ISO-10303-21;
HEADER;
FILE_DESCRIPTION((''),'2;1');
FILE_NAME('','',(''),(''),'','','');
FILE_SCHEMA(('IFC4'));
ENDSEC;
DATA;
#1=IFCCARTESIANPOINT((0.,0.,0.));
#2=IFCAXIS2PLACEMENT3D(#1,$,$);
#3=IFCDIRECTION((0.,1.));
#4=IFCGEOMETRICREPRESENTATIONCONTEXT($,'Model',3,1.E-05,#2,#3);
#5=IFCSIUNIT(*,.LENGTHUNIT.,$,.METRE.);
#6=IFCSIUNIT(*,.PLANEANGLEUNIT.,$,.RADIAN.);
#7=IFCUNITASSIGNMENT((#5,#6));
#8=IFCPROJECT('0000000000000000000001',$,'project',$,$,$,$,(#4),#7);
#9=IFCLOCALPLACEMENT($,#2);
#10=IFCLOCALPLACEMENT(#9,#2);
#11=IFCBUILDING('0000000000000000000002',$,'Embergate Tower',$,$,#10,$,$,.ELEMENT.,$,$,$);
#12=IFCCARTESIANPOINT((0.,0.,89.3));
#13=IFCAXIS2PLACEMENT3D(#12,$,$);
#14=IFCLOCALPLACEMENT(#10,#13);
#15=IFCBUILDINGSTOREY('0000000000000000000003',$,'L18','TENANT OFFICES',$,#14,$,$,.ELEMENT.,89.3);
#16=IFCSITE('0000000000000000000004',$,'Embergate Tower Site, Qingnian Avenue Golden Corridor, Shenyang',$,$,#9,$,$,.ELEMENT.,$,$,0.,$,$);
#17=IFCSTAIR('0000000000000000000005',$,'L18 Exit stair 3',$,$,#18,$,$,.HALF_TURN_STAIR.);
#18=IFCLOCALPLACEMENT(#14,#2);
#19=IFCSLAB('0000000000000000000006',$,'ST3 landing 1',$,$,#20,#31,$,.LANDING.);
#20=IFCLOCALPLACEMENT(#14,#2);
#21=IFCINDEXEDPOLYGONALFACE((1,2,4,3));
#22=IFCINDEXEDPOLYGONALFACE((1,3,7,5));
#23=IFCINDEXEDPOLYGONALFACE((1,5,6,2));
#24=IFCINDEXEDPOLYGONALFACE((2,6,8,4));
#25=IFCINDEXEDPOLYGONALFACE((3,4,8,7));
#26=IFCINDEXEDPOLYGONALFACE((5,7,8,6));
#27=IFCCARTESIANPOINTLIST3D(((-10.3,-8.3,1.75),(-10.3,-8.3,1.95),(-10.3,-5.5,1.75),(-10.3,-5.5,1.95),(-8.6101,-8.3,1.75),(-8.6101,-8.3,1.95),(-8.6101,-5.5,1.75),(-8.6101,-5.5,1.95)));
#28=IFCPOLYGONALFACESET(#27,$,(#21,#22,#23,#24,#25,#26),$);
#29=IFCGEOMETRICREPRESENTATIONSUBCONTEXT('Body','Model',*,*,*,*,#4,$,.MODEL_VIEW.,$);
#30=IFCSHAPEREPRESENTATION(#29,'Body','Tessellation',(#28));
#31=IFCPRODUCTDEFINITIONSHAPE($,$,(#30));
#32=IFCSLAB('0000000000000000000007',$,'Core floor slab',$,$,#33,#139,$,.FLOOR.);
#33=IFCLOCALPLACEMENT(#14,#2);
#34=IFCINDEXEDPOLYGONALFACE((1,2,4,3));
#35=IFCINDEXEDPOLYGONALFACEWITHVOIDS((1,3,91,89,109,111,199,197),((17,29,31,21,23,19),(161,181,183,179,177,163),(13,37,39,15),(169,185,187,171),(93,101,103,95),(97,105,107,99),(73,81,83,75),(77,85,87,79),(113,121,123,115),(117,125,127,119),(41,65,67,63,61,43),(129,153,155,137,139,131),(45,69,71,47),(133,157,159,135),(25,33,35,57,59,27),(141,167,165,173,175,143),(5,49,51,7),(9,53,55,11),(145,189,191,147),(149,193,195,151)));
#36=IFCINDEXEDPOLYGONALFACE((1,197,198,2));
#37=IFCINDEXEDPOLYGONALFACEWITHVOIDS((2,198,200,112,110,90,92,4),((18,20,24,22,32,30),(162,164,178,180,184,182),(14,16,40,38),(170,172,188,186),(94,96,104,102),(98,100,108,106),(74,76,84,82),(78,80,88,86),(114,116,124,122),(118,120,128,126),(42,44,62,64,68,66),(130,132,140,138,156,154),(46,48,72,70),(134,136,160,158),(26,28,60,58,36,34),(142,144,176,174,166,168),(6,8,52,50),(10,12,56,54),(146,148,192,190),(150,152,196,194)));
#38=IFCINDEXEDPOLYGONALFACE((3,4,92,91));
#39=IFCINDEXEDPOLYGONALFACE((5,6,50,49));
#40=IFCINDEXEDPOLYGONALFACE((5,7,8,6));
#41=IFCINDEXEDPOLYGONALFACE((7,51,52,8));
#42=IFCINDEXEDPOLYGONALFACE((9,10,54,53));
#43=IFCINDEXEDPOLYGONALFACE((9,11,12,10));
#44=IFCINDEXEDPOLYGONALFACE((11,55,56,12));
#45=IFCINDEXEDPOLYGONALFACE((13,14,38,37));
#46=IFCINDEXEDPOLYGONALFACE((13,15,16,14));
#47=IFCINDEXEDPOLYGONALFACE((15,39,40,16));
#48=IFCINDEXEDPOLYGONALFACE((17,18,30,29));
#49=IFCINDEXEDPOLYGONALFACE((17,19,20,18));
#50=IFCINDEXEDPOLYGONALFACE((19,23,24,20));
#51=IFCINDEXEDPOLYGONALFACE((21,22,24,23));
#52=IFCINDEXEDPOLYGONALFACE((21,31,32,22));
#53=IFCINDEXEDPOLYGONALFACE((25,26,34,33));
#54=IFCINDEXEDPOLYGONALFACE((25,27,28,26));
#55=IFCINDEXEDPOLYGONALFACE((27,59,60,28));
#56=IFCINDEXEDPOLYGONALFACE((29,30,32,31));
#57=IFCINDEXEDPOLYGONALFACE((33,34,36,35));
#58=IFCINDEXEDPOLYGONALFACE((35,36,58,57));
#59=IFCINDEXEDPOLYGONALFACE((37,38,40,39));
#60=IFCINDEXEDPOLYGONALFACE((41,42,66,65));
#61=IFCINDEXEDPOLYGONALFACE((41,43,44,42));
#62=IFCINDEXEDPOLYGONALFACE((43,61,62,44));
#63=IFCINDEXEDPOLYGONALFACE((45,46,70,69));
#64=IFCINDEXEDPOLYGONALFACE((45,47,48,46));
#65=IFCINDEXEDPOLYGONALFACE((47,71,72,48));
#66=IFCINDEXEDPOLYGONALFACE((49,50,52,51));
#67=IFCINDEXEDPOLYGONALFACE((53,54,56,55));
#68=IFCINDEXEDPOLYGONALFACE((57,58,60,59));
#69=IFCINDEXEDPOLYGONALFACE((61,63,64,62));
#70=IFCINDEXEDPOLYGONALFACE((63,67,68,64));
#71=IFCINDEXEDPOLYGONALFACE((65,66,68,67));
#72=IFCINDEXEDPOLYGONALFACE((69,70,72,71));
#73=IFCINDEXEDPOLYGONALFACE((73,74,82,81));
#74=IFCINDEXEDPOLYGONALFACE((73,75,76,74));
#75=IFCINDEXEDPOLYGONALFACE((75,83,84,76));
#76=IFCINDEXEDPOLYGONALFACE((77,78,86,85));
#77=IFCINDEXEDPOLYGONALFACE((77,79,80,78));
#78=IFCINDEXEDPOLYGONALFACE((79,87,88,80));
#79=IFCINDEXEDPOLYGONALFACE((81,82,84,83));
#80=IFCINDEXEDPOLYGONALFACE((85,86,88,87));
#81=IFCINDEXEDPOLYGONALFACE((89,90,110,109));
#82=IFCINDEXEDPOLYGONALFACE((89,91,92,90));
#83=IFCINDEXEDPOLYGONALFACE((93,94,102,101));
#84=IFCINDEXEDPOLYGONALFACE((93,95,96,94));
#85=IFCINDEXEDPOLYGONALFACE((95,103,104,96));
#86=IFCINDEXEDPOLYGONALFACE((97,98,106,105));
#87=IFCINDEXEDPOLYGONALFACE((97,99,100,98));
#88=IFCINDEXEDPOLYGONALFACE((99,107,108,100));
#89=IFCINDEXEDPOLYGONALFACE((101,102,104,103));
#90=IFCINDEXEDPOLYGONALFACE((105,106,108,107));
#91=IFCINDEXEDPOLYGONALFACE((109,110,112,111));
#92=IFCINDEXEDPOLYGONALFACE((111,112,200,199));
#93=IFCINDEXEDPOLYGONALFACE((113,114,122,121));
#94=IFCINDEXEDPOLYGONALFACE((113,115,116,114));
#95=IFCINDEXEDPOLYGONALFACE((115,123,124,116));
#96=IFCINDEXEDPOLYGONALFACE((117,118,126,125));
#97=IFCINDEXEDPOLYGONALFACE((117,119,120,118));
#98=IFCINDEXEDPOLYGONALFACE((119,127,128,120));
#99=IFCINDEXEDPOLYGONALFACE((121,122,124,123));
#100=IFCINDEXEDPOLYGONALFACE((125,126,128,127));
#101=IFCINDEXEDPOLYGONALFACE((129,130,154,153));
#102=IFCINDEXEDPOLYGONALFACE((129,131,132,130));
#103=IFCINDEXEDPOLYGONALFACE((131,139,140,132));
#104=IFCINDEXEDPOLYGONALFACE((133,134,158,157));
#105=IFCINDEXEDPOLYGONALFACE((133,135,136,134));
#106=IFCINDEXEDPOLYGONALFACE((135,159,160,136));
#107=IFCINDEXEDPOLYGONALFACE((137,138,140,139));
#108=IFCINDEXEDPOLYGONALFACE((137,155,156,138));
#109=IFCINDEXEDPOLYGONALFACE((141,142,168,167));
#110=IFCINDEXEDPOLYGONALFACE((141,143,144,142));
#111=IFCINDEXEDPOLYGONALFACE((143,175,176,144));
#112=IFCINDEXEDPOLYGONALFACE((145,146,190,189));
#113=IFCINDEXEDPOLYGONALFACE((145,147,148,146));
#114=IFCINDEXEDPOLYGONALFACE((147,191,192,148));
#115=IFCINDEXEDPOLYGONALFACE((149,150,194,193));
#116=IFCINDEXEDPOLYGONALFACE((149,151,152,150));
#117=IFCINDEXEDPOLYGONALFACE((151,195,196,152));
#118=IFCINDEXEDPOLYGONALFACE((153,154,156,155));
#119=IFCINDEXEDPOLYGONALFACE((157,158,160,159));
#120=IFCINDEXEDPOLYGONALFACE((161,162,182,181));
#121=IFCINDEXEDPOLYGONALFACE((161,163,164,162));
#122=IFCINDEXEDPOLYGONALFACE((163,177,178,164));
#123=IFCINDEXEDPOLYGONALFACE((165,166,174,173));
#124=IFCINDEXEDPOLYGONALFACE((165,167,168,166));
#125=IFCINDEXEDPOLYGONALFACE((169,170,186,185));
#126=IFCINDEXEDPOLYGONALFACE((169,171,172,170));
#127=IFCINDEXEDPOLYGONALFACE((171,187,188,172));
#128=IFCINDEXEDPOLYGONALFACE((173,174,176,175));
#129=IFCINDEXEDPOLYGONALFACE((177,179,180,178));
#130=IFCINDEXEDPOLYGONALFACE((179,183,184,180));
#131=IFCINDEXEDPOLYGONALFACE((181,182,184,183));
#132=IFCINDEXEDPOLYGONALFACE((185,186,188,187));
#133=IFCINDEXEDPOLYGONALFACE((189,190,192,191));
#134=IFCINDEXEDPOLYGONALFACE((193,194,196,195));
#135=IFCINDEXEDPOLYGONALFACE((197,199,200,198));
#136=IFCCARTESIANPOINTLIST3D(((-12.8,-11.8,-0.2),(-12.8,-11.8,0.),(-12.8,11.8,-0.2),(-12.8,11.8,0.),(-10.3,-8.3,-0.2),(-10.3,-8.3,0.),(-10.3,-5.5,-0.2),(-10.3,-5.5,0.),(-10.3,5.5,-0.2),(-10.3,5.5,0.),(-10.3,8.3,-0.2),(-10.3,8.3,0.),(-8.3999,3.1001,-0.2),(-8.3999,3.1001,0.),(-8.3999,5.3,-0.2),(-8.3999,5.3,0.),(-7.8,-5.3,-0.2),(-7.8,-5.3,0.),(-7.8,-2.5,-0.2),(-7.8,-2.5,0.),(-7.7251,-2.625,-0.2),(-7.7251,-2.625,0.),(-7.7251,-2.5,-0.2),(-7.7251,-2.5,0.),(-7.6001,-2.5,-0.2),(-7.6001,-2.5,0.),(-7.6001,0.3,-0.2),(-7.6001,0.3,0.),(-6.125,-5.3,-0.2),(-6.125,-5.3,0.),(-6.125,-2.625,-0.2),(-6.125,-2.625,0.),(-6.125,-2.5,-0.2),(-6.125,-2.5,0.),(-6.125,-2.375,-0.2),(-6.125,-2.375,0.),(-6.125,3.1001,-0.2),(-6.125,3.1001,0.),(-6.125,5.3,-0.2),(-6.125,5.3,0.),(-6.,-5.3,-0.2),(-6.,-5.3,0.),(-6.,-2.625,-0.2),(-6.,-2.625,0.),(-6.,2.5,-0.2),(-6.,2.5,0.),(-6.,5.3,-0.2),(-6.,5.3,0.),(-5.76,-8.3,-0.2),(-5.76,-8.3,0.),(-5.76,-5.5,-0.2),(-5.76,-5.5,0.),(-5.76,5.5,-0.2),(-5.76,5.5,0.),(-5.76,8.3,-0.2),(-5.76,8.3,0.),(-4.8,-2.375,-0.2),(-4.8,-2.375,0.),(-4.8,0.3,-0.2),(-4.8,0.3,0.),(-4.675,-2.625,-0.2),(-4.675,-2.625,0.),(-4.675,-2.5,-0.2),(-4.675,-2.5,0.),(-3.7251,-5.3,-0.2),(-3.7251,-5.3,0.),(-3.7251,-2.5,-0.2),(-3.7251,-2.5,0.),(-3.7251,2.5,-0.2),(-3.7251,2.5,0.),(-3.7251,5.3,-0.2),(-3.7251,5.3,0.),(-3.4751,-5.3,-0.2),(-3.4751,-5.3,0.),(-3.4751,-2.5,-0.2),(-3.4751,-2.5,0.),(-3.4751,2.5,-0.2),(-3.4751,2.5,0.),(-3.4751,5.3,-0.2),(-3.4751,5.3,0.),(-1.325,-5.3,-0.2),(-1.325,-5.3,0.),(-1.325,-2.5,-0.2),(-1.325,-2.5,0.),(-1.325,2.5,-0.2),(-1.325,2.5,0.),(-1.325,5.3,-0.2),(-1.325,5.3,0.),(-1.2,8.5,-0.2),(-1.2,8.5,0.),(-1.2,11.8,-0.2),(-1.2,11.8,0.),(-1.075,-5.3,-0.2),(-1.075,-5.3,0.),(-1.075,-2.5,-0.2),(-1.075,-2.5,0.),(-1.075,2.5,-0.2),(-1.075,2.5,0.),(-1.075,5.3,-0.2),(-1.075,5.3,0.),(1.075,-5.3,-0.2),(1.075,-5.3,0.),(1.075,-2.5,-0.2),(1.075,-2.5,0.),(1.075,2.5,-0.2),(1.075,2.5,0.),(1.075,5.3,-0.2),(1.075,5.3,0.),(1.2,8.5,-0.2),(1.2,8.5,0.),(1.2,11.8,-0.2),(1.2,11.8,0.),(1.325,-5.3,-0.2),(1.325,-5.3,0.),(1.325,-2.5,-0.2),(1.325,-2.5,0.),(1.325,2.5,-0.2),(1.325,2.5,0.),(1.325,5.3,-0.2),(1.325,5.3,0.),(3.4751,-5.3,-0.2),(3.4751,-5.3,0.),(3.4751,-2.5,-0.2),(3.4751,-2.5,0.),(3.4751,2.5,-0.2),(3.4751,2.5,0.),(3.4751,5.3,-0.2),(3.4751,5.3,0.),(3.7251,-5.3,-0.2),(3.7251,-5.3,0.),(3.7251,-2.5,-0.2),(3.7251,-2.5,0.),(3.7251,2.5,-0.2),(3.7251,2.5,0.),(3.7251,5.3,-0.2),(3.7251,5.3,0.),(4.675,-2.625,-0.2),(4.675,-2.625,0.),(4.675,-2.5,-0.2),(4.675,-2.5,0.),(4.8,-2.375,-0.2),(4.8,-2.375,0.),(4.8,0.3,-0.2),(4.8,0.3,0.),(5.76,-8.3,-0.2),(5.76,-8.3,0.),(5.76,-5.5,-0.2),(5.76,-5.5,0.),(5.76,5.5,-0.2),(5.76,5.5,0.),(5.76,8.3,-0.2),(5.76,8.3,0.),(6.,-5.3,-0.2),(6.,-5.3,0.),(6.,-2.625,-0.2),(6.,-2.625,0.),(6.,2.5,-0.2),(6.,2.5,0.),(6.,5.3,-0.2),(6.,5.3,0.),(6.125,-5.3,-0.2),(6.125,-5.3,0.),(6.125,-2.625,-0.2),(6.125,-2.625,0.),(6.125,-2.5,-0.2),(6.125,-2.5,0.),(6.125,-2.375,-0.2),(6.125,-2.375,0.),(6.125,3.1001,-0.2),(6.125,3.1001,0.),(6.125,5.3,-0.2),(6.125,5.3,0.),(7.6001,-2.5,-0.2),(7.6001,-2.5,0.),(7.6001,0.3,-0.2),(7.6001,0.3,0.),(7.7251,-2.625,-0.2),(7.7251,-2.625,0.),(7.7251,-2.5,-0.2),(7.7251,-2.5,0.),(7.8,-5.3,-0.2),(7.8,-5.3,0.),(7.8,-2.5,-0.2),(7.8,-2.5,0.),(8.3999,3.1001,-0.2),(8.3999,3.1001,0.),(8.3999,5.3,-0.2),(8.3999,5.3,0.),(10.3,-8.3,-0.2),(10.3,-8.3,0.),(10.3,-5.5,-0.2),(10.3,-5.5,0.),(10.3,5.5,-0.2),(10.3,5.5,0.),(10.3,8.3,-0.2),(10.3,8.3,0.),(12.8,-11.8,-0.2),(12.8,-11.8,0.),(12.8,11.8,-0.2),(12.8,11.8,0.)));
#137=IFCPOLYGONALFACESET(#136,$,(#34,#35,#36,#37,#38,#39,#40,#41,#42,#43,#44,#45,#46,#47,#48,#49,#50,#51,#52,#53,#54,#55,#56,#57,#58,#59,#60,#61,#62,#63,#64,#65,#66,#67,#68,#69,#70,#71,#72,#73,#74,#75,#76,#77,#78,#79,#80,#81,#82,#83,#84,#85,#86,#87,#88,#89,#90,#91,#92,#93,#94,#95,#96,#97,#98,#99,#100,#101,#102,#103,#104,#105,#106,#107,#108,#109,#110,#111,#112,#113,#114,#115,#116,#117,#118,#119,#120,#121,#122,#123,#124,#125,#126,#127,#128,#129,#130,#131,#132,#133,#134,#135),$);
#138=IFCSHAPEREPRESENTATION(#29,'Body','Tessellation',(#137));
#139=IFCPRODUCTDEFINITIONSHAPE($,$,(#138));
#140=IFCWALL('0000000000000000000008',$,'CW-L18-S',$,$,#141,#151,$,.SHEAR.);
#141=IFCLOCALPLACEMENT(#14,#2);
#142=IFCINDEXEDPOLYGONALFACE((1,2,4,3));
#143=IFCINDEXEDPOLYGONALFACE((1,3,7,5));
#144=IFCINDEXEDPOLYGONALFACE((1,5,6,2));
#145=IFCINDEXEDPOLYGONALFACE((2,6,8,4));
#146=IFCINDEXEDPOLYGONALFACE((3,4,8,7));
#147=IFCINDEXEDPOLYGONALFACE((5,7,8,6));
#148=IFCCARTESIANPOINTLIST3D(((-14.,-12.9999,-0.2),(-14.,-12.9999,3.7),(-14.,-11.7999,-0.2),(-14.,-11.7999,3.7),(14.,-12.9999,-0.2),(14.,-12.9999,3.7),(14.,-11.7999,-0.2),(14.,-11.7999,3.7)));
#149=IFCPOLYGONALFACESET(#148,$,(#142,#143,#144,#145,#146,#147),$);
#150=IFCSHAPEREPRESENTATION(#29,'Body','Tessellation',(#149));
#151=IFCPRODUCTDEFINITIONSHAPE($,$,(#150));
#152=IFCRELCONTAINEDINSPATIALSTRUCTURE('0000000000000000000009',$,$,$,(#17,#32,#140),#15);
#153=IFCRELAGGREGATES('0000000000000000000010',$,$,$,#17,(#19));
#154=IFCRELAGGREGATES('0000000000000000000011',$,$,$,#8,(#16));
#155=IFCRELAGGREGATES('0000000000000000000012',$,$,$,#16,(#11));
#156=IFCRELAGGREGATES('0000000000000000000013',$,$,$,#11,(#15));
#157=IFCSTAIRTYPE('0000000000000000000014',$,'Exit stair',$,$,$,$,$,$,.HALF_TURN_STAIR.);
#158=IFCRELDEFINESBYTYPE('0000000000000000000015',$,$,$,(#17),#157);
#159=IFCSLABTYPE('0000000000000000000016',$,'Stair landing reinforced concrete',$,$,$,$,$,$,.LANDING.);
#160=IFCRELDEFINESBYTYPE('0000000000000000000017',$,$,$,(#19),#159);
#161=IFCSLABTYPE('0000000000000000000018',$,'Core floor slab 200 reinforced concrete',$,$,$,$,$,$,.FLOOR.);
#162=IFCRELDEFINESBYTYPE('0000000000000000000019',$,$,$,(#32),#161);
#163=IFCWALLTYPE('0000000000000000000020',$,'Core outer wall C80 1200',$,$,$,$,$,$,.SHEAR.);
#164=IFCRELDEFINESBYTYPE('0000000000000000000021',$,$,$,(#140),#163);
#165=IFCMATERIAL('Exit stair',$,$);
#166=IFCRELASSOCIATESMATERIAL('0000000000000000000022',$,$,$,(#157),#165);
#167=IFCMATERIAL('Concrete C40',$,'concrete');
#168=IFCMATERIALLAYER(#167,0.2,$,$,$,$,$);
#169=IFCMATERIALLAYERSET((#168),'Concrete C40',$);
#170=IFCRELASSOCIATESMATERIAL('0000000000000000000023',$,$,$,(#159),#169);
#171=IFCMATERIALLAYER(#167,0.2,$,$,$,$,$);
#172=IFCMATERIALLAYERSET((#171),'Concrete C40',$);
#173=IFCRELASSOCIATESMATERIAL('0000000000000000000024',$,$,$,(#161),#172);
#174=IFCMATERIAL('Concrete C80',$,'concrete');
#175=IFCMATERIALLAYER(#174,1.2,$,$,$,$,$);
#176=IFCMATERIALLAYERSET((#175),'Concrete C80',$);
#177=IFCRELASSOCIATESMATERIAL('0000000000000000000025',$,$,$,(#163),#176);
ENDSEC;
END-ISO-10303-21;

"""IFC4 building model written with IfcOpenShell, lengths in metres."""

from ifc_helpers import new_model, si_unit, direction, frame, frame_2d, origin, place, context, subcontext, project, spatial, polyline, rectangle, outline, extrude, source, transform, mapped, material, layer, layer_set, type_object, element, aggregate, save


model = new_model("IFC4")

# Units and contexts
model_context = context("Model", 3, precision=1e-05, world=origin(), true_north=direction((0.0, 1.0)))
body_context = subcontext(model_context, "Body", "Model", "MODEL_VIEW")
ifc_project = project(units=[si_unit("LENGTHUNIT", "METRE"), si_unit("PLANEANGLEUNIT", "RADIAN")], contexts=[model_context])

# Site, building, storey
site_placement = place(None, origin())
site = spatial("IfcSite", under=ifc_project, at=site_placement, Name="Embergate Tower Site, Qingnian Avenue Golden Corridor, Shenyang", CompositionType="ELEMENT", RefElevation=0.0)
building_placement = place(site_placement, origin())
building = spatial("IfcBuilding", under=site, at=building_placement, Name="Embergate Tower", CompositionType="ELEMENT")
storey_placement = place(building_placement, frame((0.0, 0.0, 89.3)))
storey = spatial("IfcBuildingStorey", under=building, at=storey_placement, Name="L18", Description="TENANT OFFICES", CompositionType="ELEMENT", Elevation=89.3)

# Stair, slab
ifc_material_1 = material(Name="Exit stair")
stair_type = type_object("IfcStairType", Name="Exit stair", PredefinedType="HALF_TURN_STAIR", material=ifc_material_1)
stair_placement = place(storey_placement, origin())
stair = element("IfcStair", 1, at=stair_placement, inside=storey, type_object=stair_type, Name="L18 Exit stair 3", PredefinedType="HALF_TURN_STAIR")
ifc_material_2 = material(Name="Concrete C40", Category="concrete")
ifc_layer_1 = layer(ifc_material_2, 0.2)
ifc_layer_set_1 = layer_set([ifc_layer_1], Name="Concrete C40")
slab_type_1 = type_object("IfcSlabType", Name="Stair landing reinforced concrete", PredefinedType="LANDING", material=ifc_layer_set_1)
shared_shape_1 = source(origin(), body_context, "Body", "SweptSolid", [
    extrude(outline(polyline([(0.0, 0.0), (1.6899, 0.0), (1.6899, 2.8), (0.0, 2.8), (0.0, 0.0)])), origin(), (0.0, 0.0, 1.0), 0.2),
])
slab_1_placement = place(storey_placement, frame((-10.3, -8.3, 1.75)))
slab_1 = element("IfcSlab", 2, at=slab_1_placement, type_object=slab_type_1, Name="ST3 landing 1", PredefinedType="LANDING", context=body_context, shape_type="MappedRepresentation", body=[
    mapped(shared_shape_1, transform((0.0, 0.0, 0.0))),
])

# Slab
ifc_layer_2 = layer(ifc_material_2, 0.2)
ifc_layer_set_2 = layer_set([ifc_layer_2], Name="Concrete C40")
slab_type_2 = type_object("IfcSlabType", Name="Core floor slab 200 reinforced concrete", PredefinedType="FLOOR", material=ifc_layer_set_2)
shared_shape_2 = source(origin(), body_context, "Body", "SweptSolid", [
    extrude(outline(polyline([(0.0, 0.0), (25.6001, 0.0), (25.6001, 23.6001), (14.0, 23.6001), (14.0, 20.3), (11.6001, 20.3), (11.6001, 23.6001), (0.0, 23.6001), (0.0, 0.0)]), holes=[polyline([(2.5, 3.5), (2.5, 6.3), (7.04, 6.3), (7.04, 3.5), (2.5, 3.5)]), polyline([(18.5601, 3.5), (18.5601, 6.3), (23.1001, 6.3), (23.1001, 3.5), (18.5601, 3.5)]), polyline([(5.0, 6.5), (5.0, 9.3), (5.075, 9.3), (5.075, 9.175), (6.675, 9.175), (6.675, 6.5), (5.0, 6.5)]), polyline([(6.8, 6.5), (6.8, 9.175), (8.125, 9.175), (8.125, 9.3), (9.075, 9.3), (9.075, 6.5), (6.8, 6.5)]), polyline([(9.325, 6.5), (9.325, 9.3), (11.4751, 9.3), (11.4751, 6.5), (9.325, 6.5)]), polyline([(11.7251, 6.5), (11.7251, 9.3), (13.875, 9.3), (13.875, 6.5), (11.7251, 6.5)]), polyline([(14.125, 6.5), (14.125, 9.3), (16.2751, 9.3), (16.2751, 6.5), (14.125, 6.5)]), polyline([(16.5251, 6.5), (16.5251, 9.3), (17.4751, 9.3), (17.4751, 9.175), (18.8, 9.175), (18.8, 6.5), (16.5251, 6.5)]), polyline([(18.925, 6.5), (18.925, 9.175), (20.5251, 9.175), (20.5251, 9.3), (20.6001, 9.3), (20.6001, 6.5), (18.925, 6.5)]), polyline([(5.2, 9.3), (5.2, 12.1001), (8.0, 12.1001), (8.0, 9.425), (6.675, 9.425), (6.675, 9.3), (5.2, 9.3)]), polyline([(18.925, 9.3), (18.925, 9.425), (17.6001, 9.425), (17.6001, 12.1001), (20.4001, 12.1001), (20.4001, 9.3), (18.925, 9.3)]), polyline([(6.8, 14.3), (6.8, 17.1001), (9.075, 17.1001), (9.075, 14.3), (6.8, 14.3)]), polyline([(9.325, 14.3), (9.325, 17.1001), (11.4751, 17.1001), (11.4751, 14.3), (9.325, 14.3)]), polyline([(11.7251, 14.3), (11.7251, 17.1001), (13.875, 17.1001), (13.875, 14.3), (11.7251, 14.3)]), polyline([(14.125, 14.3), (14.125, 17.1001), (16.2751, 17.1001), (16.2751, 14.3), (14.125, 14.3)]), polyline([(16.5251, 14.3), (16.5251, 17.1001), (18.8, 17.1001), (18.8, 14.3), (16.5251, 14.3)]), polyline([(4.4001, 14.9001), (4.4001, 17.1001), (6.675, 17.1001), (6.675, 14.9001), (4.4001, 14.9001)]), polyline([(18.925, 14.9001), (18.925, 17.1001), (21.2, 17.1001), (21.2, 14.9001), (18.925, 14.9001)]), polyline([(2.5, 17.3), (2.5, 20.1001), (7.04, 20.1001), (7.04, 17.3), (2.5, 17.3)]), polyline([(18.5601, 17.3), (18.5601, 20.1001), (23.1001, 20.1001), (23.1001, 17.3), (18.5601, 17.3)])]), origin(), (0.0, 0.0, 1.0), 0.2),
])
slab_2_placement = place(storey_placement, frame((-12.8, -11.8, -0.2)))
element("IfcSlab", 3, at=slab_2_placement, inside=storey, type_object=slab_type_2, Name="Core floor slab", PredefinedType="FLOOR", context=body_context, shape_type="MappedRepresentation", body=[
    mapped(shared_shape_2, transform((0.0, 0.0, 0.0))),
])

# Wall
ifc_material_3 = material(Name="Concrete C80", Category="concrete")
ifc_layer_3 = layer(ifc_material_3, 1.2)
ifc_layer_set_3 = layer_set([ifc_layer_3], Name="Concrete C80")
wall_type_1 = type_object("IfcWallType", Name="Core outer wall C80 1200", PredefinedType="SHEAR", material=ifc_layer_set_3)
shared_shape_3 = source(origin(), body_context, "Body", "SweptSolid", [
    extrude(rectangle(XDim=28.0, YDim=1.2, at=frame_2d((14.0, 0.0))), origin(), (0.0, 0.0, 1.0), 3.8999),
])
wall_1_placement = place(storey_placement, frame((-14.0, -12.3999, -0.2), z_axis=(0.0, 0.0, 1.0), x_axis=(1.0, 0.0, 0.0)))
element("IfcWall", 4, at=wall_1_placement, inside=storey, type_object=wall_type_1, Name="CW-L18-S", PredefinedType="SHEAR", context=body_context, shape_type="MappedRepresentation", body=[
    mapped(shared_shape_3, transform((0.0, 0.0, 0.0))),
])

aggregate(stair, [slab_1])

save(model, "model.ifc")
